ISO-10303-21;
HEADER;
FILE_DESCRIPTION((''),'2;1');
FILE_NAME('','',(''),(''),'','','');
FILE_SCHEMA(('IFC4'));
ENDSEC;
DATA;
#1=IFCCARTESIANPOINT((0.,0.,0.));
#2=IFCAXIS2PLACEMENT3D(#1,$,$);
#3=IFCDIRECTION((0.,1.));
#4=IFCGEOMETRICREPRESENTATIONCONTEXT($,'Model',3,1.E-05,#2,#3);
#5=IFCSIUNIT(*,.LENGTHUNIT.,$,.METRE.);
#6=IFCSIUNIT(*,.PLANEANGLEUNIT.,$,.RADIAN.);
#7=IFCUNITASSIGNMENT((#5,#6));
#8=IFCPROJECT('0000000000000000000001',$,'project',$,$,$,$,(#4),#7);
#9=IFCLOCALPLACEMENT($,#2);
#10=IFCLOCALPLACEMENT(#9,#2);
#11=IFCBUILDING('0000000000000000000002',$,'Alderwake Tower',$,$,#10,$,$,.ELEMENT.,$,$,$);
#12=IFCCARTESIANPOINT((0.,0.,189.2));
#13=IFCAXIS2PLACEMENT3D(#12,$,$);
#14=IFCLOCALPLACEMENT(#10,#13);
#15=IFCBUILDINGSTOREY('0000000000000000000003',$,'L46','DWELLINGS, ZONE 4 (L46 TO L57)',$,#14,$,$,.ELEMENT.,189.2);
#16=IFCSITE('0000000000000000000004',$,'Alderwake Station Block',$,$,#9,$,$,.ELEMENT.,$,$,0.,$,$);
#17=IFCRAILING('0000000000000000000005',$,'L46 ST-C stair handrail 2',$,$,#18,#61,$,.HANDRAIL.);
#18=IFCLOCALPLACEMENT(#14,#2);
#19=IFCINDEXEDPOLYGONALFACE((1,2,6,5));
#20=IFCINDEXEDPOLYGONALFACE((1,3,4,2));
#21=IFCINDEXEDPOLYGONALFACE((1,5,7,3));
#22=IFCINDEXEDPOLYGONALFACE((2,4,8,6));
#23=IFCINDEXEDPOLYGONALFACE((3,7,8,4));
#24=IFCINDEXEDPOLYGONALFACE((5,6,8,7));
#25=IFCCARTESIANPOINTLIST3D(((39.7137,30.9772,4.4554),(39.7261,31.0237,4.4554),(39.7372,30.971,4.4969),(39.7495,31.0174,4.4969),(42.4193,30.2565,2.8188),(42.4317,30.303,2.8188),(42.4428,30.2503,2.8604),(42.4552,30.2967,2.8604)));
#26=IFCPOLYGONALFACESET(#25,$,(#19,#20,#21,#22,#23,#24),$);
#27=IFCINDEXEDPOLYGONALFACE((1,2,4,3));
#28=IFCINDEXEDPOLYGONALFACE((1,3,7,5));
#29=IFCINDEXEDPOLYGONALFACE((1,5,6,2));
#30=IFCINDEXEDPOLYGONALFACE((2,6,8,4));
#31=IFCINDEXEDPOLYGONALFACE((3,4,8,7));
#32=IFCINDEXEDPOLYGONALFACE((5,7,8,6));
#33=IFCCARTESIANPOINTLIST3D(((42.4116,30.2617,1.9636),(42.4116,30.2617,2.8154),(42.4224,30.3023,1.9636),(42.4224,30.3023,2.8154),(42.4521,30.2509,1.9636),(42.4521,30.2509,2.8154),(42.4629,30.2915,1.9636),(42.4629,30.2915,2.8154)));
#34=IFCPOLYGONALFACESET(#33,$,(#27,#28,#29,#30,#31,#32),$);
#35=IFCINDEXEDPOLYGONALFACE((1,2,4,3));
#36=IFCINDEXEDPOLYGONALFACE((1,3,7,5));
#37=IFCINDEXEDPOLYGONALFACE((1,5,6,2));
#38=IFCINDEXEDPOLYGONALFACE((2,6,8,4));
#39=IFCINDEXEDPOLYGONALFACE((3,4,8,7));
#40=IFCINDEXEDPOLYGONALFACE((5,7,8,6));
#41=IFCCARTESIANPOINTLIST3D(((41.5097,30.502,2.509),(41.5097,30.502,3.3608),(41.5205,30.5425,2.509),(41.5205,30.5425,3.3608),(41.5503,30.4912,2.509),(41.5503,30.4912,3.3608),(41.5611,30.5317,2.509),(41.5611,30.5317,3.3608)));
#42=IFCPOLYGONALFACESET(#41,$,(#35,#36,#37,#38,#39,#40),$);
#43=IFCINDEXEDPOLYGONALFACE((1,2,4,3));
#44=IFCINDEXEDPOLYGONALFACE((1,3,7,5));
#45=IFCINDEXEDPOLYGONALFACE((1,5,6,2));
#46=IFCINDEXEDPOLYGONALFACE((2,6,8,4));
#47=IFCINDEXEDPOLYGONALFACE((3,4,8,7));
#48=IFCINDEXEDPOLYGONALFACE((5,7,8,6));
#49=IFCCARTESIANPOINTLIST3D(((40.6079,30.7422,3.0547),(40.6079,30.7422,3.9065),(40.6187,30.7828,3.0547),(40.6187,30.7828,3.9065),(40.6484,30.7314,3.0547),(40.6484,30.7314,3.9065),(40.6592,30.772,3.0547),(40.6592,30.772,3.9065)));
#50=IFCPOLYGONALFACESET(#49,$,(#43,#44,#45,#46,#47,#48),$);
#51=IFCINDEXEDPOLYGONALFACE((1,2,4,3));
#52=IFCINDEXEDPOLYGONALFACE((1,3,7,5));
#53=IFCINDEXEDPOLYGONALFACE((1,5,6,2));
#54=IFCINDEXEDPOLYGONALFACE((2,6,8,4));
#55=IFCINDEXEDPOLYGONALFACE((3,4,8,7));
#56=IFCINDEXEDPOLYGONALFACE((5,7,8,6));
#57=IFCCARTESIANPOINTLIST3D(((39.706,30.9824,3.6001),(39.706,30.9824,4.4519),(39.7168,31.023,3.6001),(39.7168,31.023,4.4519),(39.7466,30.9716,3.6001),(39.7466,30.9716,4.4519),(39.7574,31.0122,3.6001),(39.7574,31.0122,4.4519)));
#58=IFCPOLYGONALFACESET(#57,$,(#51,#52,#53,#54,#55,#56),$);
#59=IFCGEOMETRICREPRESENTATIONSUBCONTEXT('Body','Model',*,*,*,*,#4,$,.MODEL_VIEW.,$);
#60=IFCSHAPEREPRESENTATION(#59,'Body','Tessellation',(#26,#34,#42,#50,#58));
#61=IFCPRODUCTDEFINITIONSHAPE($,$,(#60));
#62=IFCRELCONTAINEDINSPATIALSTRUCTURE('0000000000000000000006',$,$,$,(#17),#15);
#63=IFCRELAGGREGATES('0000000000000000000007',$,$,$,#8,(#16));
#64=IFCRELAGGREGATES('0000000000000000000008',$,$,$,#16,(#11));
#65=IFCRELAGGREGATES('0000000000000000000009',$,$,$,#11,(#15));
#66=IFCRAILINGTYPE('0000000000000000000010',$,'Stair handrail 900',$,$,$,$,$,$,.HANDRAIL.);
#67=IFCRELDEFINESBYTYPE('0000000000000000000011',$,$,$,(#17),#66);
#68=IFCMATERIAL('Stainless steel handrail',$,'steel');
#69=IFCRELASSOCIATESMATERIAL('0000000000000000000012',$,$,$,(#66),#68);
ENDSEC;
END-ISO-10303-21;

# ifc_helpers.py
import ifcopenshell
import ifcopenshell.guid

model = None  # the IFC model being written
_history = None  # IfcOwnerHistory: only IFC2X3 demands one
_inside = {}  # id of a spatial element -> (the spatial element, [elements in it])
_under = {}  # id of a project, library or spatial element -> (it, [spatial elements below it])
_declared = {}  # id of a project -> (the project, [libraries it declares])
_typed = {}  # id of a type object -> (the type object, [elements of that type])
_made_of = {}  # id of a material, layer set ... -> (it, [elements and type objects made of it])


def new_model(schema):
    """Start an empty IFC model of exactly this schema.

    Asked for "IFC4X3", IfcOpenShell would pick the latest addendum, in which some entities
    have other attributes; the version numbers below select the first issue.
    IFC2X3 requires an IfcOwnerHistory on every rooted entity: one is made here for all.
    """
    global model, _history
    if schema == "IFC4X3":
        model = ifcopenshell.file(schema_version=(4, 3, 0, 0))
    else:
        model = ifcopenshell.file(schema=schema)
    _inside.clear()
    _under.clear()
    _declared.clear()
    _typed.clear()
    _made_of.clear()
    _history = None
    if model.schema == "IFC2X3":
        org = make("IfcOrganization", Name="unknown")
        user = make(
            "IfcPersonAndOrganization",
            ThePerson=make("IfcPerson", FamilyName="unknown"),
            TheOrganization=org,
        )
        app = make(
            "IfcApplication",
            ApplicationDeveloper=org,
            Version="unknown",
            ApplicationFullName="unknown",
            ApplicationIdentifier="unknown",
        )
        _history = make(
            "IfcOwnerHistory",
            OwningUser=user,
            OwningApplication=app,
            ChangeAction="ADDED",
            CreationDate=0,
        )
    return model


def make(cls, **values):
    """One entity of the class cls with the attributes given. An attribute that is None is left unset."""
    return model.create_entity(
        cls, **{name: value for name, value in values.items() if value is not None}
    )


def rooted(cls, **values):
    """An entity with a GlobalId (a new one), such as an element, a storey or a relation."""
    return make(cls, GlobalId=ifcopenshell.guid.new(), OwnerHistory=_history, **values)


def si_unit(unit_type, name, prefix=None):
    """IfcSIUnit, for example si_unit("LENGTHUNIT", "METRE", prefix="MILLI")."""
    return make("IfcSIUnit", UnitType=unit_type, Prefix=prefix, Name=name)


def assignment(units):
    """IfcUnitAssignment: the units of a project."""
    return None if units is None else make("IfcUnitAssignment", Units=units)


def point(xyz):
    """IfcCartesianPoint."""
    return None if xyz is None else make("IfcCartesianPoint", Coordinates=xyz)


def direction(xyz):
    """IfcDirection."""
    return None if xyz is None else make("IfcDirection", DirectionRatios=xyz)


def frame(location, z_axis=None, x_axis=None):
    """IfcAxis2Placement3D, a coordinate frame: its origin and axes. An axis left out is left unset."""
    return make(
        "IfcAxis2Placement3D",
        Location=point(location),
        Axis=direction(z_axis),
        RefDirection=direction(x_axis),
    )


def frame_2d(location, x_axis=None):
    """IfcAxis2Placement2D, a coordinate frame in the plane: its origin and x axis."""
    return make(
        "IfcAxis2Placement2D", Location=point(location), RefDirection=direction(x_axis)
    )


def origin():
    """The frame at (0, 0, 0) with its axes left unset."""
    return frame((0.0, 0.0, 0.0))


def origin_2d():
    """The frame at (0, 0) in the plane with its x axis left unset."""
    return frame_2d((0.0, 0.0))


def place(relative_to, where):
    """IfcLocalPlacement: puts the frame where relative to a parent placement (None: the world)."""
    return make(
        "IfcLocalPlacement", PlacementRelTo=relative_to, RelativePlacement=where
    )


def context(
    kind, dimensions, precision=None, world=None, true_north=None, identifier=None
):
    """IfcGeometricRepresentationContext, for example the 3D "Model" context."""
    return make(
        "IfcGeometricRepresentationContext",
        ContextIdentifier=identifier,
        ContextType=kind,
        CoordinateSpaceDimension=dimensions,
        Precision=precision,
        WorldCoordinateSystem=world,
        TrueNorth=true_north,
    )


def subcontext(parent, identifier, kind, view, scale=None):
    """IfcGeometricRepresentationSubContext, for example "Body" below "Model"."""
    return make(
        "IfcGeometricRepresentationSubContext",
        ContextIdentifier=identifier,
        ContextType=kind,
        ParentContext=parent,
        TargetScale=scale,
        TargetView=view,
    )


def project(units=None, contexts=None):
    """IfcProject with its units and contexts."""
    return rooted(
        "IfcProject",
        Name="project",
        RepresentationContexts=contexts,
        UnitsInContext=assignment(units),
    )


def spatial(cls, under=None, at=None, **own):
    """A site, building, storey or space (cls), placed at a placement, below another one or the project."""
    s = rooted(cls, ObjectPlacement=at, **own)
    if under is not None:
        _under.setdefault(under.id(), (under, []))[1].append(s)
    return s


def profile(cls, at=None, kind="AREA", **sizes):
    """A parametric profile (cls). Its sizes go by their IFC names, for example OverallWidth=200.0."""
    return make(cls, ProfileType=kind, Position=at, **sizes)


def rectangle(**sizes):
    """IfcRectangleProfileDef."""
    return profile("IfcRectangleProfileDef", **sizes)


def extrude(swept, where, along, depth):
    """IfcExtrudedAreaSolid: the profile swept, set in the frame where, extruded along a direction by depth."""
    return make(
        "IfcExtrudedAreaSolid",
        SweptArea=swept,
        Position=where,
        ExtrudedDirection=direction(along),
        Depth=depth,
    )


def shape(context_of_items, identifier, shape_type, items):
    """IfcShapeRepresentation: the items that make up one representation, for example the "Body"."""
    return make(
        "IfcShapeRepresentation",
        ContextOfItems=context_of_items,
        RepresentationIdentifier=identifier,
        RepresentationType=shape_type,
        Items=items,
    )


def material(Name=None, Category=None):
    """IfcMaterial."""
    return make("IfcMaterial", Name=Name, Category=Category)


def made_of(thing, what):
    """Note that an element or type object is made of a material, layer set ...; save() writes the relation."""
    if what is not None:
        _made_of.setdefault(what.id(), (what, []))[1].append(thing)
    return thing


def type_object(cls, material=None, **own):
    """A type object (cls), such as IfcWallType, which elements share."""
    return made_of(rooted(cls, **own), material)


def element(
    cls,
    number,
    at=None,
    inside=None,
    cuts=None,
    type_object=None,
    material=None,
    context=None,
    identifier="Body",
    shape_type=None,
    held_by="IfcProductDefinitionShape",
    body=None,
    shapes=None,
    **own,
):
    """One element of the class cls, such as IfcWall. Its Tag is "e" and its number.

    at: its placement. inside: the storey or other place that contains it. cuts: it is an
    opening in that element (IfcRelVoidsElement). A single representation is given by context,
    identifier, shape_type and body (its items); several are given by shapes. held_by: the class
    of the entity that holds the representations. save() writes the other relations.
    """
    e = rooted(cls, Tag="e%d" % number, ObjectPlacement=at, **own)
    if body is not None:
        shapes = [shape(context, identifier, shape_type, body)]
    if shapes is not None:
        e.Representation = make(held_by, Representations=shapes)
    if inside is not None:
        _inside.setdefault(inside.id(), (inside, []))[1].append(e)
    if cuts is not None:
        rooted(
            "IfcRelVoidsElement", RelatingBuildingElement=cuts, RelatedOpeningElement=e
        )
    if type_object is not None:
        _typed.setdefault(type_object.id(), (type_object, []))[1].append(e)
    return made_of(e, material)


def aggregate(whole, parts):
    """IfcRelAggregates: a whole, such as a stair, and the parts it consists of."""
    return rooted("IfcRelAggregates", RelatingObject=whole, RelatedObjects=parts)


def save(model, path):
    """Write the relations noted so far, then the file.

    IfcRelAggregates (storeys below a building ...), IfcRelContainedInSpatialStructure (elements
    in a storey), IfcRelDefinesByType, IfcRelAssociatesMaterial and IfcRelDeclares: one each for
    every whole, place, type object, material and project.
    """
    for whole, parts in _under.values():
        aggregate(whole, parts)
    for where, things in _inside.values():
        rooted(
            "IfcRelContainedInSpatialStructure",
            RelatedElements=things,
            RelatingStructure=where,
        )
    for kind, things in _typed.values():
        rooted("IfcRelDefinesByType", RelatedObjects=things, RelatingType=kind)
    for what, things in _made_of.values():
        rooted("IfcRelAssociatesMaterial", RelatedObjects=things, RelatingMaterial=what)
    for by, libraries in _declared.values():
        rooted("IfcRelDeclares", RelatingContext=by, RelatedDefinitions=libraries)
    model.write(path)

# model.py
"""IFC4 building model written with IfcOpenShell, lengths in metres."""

from ifc_helpers import new_model, si_unit, direction, frame, origin, origin_2d, place, context, subcontext, project, spatial, rectangle, extrude, material, type_object, element, save


model = new_model("IFC4")

# Units and contexts
model_context = context("Model", 3, precision=1e-05, world=origin(), true_north=direction((0.0, 1.0)))
body_context = subcontext(model_context, "Body", "Model", "MODEL_VIEW")
ifc_project = project(units=[si_unit("LENGTHUNIT", "METRE"), si_unit("PLANEANGLEUNIT", "RADIAN")], contexts=[model_context])

# Site, building, storey
site_placement = place(None, origin())
site = spatial("IfcSite", under=ifc_project, at=site_placement, Name="Alderwake Station Block", CompositionType="ELEMENT", RefElevation=0.0)
building_placement = place(site_placement, origin())
building = spatial("IfcBuilding", under=site, at=building_placement, Name="Alderwake Tower", CompositionType="ELEMENT")
storey_placement = place(building_placement, frame((0.0, 0.0, 189.2)))
storey = spatial("IfcBuildingStorey", under=building, at=storey_placement, Name="L46", Description="DWELLINGS, ZONE 4 (L46 TO L57)", CompositionType="ELEMENT", Elevation=189.2)

# Railing
ifc_material_1 = material(Name="Stainless steel handrail", Category="steel")
railing_type_1 = type_object("IfcRailingType", Name="Stair handrail 900", PredefinedType="HANDRAIL", material=ifc_material_1)
railing_1_placement = place(storey_placement, frame((42.4373, 30.2766, 1.9636)))
element("IfcRailing", 1, at=railing_1_placement, inside=storey, type_object=railing_type_1, Name="L46 ST-C stair handrail 2", PredefinedType="HANDRAIL", context=body_context, shape_type="SweptSolid", body=[
    extrude(rectangle(XDim=0.0481, YDim=0.0481, at=origin_2d()), frame((0.0, 0.0, 0.876), z_axis=(-0.834259, 0.222228, 0.504605), x_axis=(-0.257402, -0.966304, 0.0)), (0.0, 0.0, 1.0), 3.2432),
    extrude(rectangle(XDim=0.042, YDim=0.042, at=origin_2d()), frame((0.0, 0.0, 0.0), z_axis=(0.0, 0.0, 1.0), x_axis=(-0.966304, 0.257402, 0.0)), (0.0, 0.0, 1.0), 0.8518),
    extrude(rectangle(XDim=0.042, YDim=0.042, at=origin_2d()), frame((-0.9019, 0.2402, 0.5454), z_axis=(0.0, 0.0, 1.0), x_axis=(-0.966304, 0.257402, 0.0)), (0.0, 0.0, 1.0), 0.8518),
    extrude(rectangle(XDim=0.042, YDim=0.042, at=origin_2d()), frame((-1.8037, 0.4805, 1.0911), z_axis=(0.0, 0.0, 1.0), x_axis=(-0.966304, 0.257402, 0.0)), (0.0, 0.0, 1.0), 0.8518),
    extrude(rectangle(XDim=0.042, YDim=0.042, at=origin_2d()), frame((-2.7056, 0.7207, 1.6365), z_axis=(0.0, 0.0, 1.0), x_axis=(-0.966304, 0.257402, 0.0)), (0.0, 0.0, 1.0), 0.8518),
])

save(model, "model.ifc")
